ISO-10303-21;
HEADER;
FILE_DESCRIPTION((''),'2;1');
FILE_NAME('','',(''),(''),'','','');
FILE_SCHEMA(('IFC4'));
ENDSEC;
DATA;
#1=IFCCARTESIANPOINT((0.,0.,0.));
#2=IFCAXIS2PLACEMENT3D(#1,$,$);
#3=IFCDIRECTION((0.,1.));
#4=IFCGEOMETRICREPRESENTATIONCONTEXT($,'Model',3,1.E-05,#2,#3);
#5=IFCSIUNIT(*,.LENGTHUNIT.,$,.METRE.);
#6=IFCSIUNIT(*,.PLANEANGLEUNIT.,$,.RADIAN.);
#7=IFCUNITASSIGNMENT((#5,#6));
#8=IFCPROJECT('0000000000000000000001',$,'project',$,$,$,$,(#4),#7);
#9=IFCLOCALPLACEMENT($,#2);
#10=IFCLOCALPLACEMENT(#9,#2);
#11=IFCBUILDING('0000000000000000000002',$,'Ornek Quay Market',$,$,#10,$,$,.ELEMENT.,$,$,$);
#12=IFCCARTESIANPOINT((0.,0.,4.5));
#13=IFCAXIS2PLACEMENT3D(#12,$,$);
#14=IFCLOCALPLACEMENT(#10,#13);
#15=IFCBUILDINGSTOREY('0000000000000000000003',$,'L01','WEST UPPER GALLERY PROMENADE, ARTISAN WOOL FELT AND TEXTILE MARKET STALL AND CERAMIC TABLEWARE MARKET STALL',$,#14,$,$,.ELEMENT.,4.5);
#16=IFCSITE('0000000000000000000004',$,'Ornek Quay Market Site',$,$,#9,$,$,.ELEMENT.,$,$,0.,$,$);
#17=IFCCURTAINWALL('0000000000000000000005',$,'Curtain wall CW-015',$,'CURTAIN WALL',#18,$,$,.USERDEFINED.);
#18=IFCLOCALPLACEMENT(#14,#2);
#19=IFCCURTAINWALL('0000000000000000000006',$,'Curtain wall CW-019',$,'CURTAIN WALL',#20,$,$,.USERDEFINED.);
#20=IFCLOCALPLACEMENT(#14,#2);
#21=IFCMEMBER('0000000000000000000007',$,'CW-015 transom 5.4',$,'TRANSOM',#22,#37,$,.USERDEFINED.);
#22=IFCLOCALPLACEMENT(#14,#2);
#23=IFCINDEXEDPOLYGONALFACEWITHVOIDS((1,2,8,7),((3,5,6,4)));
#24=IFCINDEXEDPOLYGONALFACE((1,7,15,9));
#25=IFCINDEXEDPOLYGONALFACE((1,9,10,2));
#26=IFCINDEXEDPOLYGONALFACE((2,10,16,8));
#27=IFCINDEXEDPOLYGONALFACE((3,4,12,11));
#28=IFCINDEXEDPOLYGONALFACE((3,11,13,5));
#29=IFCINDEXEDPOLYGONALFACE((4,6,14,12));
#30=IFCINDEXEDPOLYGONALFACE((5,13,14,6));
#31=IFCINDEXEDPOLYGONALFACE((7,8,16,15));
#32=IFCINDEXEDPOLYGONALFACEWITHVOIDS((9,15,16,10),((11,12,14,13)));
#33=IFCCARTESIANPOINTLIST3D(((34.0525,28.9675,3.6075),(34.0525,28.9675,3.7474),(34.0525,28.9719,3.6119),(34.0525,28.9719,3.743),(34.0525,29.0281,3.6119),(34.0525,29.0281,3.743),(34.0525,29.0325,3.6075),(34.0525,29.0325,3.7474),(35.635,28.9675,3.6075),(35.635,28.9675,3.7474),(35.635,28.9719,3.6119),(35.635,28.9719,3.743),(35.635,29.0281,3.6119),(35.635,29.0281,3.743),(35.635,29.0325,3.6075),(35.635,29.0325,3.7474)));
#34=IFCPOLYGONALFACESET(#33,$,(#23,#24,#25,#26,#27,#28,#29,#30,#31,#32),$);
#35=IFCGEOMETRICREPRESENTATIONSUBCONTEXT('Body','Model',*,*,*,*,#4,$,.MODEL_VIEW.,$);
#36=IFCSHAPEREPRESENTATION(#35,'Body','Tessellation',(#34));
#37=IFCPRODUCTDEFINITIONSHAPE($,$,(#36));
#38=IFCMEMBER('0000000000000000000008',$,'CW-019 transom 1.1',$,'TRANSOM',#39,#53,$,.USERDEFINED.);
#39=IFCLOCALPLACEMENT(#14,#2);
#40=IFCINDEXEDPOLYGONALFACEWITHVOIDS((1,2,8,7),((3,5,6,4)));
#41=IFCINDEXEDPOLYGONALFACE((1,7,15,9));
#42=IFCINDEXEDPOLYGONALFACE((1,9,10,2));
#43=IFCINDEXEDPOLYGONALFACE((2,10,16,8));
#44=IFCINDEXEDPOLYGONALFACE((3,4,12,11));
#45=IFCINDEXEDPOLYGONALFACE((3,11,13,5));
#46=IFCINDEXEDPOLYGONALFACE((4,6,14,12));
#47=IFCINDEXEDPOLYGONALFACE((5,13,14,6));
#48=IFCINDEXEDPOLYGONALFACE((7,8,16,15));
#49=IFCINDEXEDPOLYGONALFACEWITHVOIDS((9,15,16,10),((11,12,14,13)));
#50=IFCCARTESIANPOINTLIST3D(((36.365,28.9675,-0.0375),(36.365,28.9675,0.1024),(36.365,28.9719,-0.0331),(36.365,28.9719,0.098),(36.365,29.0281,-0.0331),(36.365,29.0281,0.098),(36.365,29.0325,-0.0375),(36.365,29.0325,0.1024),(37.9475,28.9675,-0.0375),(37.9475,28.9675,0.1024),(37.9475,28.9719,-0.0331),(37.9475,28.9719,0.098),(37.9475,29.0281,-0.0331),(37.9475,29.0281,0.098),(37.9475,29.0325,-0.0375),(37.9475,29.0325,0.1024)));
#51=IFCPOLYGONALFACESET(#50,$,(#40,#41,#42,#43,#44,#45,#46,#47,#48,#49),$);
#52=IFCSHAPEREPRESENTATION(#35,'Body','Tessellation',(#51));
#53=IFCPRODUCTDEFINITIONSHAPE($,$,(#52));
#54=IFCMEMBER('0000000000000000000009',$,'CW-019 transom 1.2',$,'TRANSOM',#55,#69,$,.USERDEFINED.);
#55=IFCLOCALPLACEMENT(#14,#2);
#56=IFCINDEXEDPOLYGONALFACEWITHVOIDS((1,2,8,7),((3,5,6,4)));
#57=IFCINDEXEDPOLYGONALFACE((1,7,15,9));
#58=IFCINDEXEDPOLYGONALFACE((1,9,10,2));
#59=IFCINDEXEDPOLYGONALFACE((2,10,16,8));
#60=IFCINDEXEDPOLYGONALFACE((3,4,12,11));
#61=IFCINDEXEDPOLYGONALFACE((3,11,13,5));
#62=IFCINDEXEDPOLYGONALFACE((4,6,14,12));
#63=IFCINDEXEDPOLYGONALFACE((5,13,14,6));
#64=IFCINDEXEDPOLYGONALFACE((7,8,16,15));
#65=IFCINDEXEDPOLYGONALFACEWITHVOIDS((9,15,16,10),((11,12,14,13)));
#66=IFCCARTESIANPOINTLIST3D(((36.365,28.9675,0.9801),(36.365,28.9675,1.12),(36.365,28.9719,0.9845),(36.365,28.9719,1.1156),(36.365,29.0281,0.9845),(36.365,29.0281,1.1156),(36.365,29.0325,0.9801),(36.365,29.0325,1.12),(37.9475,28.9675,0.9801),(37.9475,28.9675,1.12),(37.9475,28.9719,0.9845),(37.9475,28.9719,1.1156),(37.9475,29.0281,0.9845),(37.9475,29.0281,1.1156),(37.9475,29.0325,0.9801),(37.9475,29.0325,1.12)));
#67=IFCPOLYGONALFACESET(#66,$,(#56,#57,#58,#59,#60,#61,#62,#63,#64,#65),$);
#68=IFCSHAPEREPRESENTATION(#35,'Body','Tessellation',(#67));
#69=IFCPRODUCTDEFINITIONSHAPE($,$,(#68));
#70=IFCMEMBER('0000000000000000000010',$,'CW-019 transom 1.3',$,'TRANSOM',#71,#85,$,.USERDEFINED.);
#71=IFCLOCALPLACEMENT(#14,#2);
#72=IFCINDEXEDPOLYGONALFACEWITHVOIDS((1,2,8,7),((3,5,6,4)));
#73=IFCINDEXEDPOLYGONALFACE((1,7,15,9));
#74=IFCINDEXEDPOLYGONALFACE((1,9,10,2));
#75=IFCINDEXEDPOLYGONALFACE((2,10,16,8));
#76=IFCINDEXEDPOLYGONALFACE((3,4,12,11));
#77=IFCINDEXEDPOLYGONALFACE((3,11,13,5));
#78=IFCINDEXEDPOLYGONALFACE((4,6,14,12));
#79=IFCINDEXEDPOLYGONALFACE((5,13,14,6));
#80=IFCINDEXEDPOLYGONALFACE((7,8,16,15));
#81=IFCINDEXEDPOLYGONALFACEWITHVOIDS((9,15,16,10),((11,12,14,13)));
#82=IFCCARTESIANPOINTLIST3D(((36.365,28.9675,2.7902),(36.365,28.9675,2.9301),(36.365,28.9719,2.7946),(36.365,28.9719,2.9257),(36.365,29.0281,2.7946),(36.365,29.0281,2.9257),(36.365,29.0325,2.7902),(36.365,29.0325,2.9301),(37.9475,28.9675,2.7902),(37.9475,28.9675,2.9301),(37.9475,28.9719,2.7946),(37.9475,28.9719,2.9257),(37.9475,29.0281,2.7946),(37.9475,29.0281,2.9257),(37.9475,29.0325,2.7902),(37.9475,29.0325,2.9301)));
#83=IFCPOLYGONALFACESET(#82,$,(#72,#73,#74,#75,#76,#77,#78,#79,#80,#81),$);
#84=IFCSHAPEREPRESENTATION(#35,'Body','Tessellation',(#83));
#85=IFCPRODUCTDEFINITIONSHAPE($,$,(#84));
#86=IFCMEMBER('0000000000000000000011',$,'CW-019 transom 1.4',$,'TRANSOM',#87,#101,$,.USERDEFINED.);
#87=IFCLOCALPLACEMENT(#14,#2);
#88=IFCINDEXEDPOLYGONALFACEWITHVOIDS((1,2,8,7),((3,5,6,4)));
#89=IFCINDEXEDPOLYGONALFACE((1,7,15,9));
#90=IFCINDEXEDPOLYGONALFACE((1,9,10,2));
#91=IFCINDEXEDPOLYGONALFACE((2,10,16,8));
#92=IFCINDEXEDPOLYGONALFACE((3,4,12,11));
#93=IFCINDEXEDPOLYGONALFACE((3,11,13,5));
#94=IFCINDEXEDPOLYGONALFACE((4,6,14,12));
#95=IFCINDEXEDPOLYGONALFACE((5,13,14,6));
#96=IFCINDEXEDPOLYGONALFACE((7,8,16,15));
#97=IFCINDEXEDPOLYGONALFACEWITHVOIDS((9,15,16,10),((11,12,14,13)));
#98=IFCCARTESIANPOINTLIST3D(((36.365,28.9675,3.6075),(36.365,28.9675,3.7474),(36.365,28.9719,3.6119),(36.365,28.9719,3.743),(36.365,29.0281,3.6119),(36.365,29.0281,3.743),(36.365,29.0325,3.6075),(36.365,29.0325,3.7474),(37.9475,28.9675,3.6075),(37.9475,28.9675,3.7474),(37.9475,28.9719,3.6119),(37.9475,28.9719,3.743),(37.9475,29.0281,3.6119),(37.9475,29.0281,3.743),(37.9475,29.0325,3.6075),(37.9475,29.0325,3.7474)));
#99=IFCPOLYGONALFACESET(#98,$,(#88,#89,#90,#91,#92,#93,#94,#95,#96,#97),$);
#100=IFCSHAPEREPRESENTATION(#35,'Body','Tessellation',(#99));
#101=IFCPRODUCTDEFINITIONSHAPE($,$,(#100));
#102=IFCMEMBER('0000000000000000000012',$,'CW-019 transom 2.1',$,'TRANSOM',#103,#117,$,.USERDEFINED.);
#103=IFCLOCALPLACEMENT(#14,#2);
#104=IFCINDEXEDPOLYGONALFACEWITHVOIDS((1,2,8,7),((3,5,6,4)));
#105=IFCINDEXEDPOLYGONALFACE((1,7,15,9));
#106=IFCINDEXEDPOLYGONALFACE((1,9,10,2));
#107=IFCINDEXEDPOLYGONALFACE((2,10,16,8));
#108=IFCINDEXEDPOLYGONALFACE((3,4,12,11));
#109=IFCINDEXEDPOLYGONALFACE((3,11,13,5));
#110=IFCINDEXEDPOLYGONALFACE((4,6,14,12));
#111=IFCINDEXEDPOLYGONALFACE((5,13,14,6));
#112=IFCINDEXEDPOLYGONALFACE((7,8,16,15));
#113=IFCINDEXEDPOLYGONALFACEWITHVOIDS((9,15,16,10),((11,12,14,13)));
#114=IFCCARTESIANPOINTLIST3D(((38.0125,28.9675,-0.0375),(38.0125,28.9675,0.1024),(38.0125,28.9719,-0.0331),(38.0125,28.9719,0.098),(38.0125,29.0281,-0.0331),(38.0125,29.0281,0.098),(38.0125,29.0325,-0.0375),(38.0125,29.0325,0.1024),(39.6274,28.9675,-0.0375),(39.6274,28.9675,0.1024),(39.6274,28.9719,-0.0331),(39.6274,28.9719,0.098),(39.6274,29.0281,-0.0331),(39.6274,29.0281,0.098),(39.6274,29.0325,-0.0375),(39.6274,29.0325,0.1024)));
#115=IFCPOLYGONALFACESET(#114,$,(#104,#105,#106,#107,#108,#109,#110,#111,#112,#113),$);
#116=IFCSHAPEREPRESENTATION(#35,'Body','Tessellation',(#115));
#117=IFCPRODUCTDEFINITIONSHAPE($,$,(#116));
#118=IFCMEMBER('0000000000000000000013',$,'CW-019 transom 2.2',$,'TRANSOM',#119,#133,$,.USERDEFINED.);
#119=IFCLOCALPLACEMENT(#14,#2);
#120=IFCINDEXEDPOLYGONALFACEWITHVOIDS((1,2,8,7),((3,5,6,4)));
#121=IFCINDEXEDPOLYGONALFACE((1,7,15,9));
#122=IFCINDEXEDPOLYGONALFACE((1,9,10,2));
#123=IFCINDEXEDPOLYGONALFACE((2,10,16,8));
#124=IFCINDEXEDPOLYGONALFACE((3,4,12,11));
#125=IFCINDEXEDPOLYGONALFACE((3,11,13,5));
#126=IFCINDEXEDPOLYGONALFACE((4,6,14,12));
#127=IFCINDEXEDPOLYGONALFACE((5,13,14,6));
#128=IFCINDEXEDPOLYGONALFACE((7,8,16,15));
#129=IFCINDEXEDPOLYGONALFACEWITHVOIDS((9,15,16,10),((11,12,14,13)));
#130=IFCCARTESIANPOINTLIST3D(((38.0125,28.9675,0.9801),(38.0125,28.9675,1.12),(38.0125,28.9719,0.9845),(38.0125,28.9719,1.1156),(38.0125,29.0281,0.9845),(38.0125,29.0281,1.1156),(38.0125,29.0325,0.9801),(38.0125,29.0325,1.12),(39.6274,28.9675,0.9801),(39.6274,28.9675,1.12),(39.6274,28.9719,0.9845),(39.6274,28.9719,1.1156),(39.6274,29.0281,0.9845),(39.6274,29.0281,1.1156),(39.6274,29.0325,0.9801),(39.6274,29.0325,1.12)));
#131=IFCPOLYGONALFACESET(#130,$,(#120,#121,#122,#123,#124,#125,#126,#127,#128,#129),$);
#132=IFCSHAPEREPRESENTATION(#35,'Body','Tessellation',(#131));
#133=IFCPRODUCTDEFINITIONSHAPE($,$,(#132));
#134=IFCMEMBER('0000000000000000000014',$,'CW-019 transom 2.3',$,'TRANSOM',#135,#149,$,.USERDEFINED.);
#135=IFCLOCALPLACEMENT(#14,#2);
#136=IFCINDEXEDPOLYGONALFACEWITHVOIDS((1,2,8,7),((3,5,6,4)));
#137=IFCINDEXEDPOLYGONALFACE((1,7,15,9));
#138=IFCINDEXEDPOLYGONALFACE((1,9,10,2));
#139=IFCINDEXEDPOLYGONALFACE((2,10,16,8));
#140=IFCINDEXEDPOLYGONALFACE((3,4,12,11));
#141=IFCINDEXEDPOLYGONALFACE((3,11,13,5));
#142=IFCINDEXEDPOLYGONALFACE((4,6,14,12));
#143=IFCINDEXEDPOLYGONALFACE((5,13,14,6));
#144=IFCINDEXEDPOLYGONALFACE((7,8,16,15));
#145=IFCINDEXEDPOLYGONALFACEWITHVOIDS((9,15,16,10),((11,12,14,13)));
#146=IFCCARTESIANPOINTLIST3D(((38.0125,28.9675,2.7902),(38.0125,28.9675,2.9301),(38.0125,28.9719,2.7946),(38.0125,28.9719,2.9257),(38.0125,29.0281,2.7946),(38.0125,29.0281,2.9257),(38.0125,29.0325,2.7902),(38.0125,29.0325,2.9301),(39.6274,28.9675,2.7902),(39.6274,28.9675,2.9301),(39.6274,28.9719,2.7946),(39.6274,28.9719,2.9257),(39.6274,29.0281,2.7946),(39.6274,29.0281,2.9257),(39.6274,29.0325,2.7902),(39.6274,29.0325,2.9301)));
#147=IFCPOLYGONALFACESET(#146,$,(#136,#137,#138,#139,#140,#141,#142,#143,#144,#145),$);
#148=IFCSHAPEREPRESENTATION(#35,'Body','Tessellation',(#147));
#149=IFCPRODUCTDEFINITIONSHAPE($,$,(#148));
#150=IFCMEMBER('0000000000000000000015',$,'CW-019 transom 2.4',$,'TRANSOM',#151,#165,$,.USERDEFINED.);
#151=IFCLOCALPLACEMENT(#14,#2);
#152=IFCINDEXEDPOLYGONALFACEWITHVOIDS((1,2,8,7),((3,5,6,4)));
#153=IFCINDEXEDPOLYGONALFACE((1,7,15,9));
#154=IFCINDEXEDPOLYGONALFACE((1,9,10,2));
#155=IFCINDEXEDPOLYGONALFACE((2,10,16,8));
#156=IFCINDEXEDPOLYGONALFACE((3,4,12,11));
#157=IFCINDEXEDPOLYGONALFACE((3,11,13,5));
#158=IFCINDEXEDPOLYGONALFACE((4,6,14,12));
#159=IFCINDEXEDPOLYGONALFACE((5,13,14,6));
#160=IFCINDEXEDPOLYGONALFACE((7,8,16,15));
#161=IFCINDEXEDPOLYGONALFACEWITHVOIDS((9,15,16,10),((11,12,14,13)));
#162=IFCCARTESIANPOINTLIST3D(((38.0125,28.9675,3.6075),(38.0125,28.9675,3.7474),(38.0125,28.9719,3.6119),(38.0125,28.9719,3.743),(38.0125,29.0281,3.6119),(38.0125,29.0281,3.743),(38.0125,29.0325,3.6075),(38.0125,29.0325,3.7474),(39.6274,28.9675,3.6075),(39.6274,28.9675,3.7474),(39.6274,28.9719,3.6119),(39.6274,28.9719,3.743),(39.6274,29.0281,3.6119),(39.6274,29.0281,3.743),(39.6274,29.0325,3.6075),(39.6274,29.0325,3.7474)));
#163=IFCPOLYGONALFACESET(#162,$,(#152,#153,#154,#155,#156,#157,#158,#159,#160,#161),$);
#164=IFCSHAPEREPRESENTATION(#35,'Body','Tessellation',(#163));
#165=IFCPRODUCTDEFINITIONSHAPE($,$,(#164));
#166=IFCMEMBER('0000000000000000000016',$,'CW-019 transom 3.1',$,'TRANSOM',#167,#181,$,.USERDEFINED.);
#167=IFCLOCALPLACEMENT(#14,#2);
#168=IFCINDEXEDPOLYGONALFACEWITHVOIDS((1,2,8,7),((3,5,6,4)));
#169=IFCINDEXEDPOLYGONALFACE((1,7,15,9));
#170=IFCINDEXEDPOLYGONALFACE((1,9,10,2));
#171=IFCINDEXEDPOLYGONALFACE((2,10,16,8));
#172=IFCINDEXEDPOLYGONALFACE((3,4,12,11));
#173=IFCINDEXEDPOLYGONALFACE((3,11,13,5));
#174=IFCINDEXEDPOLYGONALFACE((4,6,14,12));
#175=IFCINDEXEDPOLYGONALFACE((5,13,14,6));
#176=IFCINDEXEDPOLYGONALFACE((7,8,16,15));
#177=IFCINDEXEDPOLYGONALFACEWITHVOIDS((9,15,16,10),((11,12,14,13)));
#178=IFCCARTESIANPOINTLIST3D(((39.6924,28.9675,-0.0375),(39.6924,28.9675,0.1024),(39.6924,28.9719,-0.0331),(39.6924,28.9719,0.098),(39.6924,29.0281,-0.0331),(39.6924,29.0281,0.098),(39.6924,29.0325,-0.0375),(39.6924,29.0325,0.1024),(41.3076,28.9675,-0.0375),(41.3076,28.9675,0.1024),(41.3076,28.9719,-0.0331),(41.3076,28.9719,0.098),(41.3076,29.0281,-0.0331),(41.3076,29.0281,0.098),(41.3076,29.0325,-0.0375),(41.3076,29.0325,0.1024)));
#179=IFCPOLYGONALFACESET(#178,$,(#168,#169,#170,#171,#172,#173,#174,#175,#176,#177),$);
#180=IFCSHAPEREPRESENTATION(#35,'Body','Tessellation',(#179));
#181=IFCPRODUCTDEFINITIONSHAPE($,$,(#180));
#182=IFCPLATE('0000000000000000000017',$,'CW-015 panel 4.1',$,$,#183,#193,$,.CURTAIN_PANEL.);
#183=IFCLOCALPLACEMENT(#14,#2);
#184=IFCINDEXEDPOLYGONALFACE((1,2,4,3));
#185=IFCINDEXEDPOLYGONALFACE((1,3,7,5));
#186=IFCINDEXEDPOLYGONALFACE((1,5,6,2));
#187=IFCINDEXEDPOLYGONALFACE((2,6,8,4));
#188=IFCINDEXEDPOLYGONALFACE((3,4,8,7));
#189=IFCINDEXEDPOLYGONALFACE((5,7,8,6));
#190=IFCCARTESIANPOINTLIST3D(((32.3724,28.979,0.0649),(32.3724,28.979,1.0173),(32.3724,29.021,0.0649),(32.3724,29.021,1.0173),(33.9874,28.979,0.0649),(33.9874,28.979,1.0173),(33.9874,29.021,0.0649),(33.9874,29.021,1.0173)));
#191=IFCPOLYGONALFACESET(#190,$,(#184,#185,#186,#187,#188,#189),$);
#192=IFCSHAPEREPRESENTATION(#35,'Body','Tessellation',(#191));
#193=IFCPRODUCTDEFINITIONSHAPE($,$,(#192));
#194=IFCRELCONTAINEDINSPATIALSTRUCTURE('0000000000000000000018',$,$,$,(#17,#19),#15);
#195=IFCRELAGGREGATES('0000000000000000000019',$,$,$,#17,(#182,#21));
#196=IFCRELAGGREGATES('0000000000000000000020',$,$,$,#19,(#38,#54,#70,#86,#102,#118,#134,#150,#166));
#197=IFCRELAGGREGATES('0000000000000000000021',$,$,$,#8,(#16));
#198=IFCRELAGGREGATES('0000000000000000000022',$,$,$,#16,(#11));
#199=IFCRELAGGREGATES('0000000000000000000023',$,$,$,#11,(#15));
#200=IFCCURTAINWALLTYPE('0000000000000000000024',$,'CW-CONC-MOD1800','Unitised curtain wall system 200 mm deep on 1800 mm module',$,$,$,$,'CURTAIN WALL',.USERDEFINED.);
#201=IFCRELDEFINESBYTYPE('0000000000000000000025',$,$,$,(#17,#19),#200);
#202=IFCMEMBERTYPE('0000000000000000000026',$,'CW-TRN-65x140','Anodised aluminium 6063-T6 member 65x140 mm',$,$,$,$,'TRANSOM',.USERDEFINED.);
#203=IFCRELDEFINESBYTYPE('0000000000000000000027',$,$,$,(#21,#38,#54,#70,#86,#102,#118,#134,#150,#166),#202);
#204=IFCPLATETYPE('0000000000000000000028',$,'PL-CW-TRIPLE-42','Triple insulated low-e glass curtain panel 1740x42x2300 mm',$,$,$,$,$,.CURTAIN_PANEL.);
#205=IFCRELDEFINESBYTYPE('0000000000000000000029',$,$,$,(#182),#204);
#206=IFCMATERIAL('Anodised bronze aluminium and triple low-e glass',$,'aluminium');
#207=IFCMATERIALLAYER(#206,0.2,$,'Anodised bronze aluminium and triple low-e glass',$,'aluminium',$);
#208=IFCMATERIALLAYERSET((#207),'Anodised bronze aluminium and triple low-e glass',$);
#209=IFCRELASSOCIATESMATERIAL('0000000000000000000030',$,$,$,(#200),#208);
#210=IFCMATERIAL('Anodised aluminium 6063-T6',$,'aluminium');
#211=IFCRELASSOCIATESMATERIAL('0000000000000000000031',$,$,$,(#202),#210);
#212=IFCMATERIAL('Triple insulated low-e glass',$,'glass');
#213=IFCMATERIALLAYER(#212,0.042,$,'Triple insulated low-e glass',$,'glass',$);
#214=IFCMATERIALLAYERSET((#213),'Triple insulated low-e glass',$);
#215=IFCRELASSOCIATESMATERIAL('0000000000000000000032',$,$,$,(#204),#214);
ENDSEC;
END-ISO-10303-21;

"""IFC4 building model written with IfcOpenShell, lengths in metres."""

from ifc_helpers import new_model, si_unit, direction, frame, origin, origin_2d, place, context, subcontext, project, spatial, rectangle, hollow_rectangle, extrude, material, layer, layer_set, material_profile, profile_set, type_object, element, aggregate, save


model = new_model("IFC4")

# Units and contexts
model_context = context("Model", 3, precision=1e-05, world=origin(), true_north=direction((0.0, 1.0)))
body_context = subcontext(model_context, "Body", "Model", "MODEL_VIEW")
ifc_project = project(units=[si_unit("LENGTHUNIT", "METRE"), si_unit("PLANEANGLEUNIT", "RADIAN")], contexts=[model_context])

# Site, building, storey
site_placement = place(None, origin())
site = spatial("IfcSite", under=ifc_project, at=site_placement, Name="Ornek Quay Market Site", CompositionType="ELEMENT", RefElevation=0.0)
building_placement = place(site_placement, origin())
building = spatial("IfcBuilding", under=site, at=building_placement, Name="Ornek Quay Market", CompositionType="ELEMENT")
storey_placement = place(building_placement, frame((0.0, 0.0, 4.5)))
storey = spatial("IfcBuildingStorey", under=building, at=storey_placement, Name="L01", Description="WEST UPPER GALLERY PROMENADE, ARTISAN WOOL FELT AND TEXTILE MARKET STALL AND CERAMIC TABLEWARE MARKET STALL", CompositionType="ELEMENT", Elevation=4.5)

# Curtain walls
ifc_material_1 = material(Name="Anodised bronze aluminium and triple low-e glass", Category="aluminium")
ifc_layer_1 = layer(ifc_material_1, 0.2, Name="Anodised bronze aluminium and triple low-e glass", Category="aluminium")
ifc_layer_set_1 = layer_set([ifc_layer_1], Name="Anodised bronze aluminium and triple low-e glass")
curtain_wall_type = type_object("IfcCurtainWallType", Name="CW-CONC-MOD1800", Description="Unitised curtain wall system 200 mm deep on 1800 mm module", ElementType="CURTAIN WALL", PredefinedType="USERDEFINED", material=ifc_layer_set_1)
curtain_wall_1_placement = place(storey_placement, origin())
curtain_wall_1 = element("IfcCurtainWall", 1, at=curtain_wall_1_placement, inside=storey, type_object=curtain_wall_type, Name="Curtain wall CW-015", ObjectType="CURTAIN WALL", PredefinedType="USERDEFINED")
ifc_material_2 = material(Name="Anodised aluminium 6063-T6", Category="aluminium")
curtain_wall_2_placement = place(storey_placement, origin())
curtain_wall_2 = element("IfcCurtainWall", 2, at=curtain_wall_2_placement, inside=storey, type_object=curtain_wall_type, Name="Curtain wall CW-019", ObjectType="CURTAIN WALL", PredefinedType="USERDEFINED")

# Members
ifc_material_profile_1 = material_profile(ifc_material_2, hollow_rectangle(XDim=0.0649, YDim=0.1399, WallThickness=0.0044, at=origin_2d()), Name="CW-TRN-65x140", Category="aluminium")
ifc_profile_set_1 = profile_set([ifc_material_profile_1], Name="Anodised aluminium 6063-T6")
member_type_1 = type_object("IfcMemberType", Name="CW-TRN-65x140", Description="Anodised aluminium 6063-T6 member 65x140 mm", ElementType="TRANSOM", PredefinedType="USERDEFINED", material=ifc_profile_set_1)
member_1_placement = place(storey_placement, frame((34.0525, 29.0, 3.6775), z_axis=(1.0, 0.0, 0.0), x_axis=(0.0, 1.0, 0.0)))
member_1 = element("IfcMember", 3, at=member_1_placement, type_object=member_type_1, Name="CW-015 transom 5.4", ObjectType="TRANSOM", PredefinedType="USERDEFINED", context=body_context, shape_type="SweptSolid", body=[
    extrude(hollow_rectangle(XDim=0.0649, YDim=0.1399, WallThickness=0.0044, at=origin_2d()), origin(), (0.0, 0.0, 1.0), 1.5825),
])
member_2_placement = place(storey_placement, frame((36.365, 29.0, 0.0325), z_axis=(1.0, 0.0, 0.0), x_axis=(0.0, 1.0, 0.0)))
member_2 = element("IfcMember", 4, at=member_2_placement, type_object=member_type_1, Name="CW-019 transom 1.1", ObjectType="TRANSOM", PredefinedType="USERDEFINED", context=body_context, shape_type="SweptSolid", body=[
    extrude(hollow_rectangle(XDim=0.0649, YDim=0.1399, WallThickness=0.0044, at=origin_2d()), origin(), (0.0, 0.0, 1.0), 1.5825),
])
member_3_placement = place(storey_placement, frame((36.365, 29.0, 1.05), z_axis=(1.0, 0.0, 0.0), x_axis=(0.0, 1.0, 0.0)))
member_3 = element("IfcMember", 5, at=member_3_placement, type_object=member_type_1, Name="CW-019 transom 1.2", ObjectType="TRANSOM", PredefinedType="USERDEFINED", context=body_context, shape_type="SweptSolid", body=[
    extrude(hollow_rectangle(XDim=0.0649, YDim=0.1399, WallThickness=0.0044, at=origin_2d()), origin(), (0.0, 0.0, 1.0), 1.5825),
])
member_4_placement = place(storey_placement, frame((36.365, 29.0, 2.8601), z_axis=(1.0, 0.0, 0.0), x_axis=(0.0, 1.0, 0.0)))
member_4 = element("IfcMember", 6, at=member_4_placement, type_object=member_type_1, Name="CW-019 transom 1.3", ObjectType="TRANSOM", PredefinedType="USERDEFINED", context=body_context, shape_type="SweptSolid", body=[
    extrude(hollow_rectangle(XDim=0.0649, YDim=0.1399, WallThickness=0.0044, at=origin_2d()), origin(), (0.0, 0.0, 1.0), 1.5825),
])
member_5_placement = place(storey_placement, frame((36.365, 29.0, 3.6775), z_axis=(1.0, 0.0, 0.0), x_axis=(0.0, 1.0, 0.0)))
member_5 = element("IfcMember", 7, at=member_5_placement, type_object=member_type_1, Name="CW-019 transom 1.4", ObjectType="TRANSOM", PredefinedType="USERDEFINED", context=body_context, shape_type="SweptSolid", body=[
    extrude(hollow_rectangle(XDim=0.0649, YDim=0.1399, WallThickness=0.0044, at=origin_2d()), origin(), (0.0, 0.0, 1.0), 1.5825),
])
member_6_placement = place(storey_placement, frame((38.0125, 29.0, 0.0325), z_axis=(1.0, 0.0, 0.0), x_axis=(0.0, 1.0, 0.0)))
member_6 = element("IfcMember", 8, at=member_6_placement, type_object=member_type_1, Name="CW-019 transom 2.1", ObjectType="TRANSOM", PredefinedType="USERDEFINED", context=body_context, shape_type="SweptSolid", body=[
    extrude(hollow_rectangle(XDim=0.0649, YDim=0.1399, WallThickness=0.0044, at=origin_2d()), origin(), (0.0, 0.0, 1.0), 1.615),
])
member_7_placement = place(storey_placement, frame((38.0125, 29.0, 1.05), z_axis=(1.0, 0.0, 0.0), x_axis=(0.0, 1.0, 0.0)))
member_7 = element("IfcMember", 9, at=member_7_placement, type_object=member_type_1, Name="CW-019 transom 2.2", ObjectType="TRANSOM", PredefinedType="USERDEFINED", context=body_context, shape_type="SweptSolid", body=[
    extrude(hollow_rectangle(XDim=0.0649, YDim=0.1399, WallThickness=0.0044, at=origin_2d()), origin(), (0.0, 0.0, 1.0), 1.615),
])
member_8_placement = place(storey_placement, frame((38.0125, 29.0, 2.8601), z_axis=(1.0, 0.0, 0.0), x_axis=(0.0, 1.0, 0.0)))
member_8 = element("IfcMember", 10, at=member_8_placement, type_object=member_type_1, Name="CW-019 transom 2.3", ObjectType="TRANSOM", PredefinedType="USERDEFINED", context=body_context, shape_type="SweptSolid", body=[
    extrude(hollow_rectangle(XDim=0.0649, YDim=0.1399, WallThickness=0.0044, at=origin_2d()), origin(), (0.0, 0.0, 1.0), 1.615),
])
member_9_placement = place(storey_placement, frame((38.0125, 29.0, 3.6775), z_axis=(1.0, 0.0, 0.0), x_axis=(0.0, 1.0, 0.0)))
member_9 = element("IfcMember", 11, at=member_9_placement, type_object=member_type_1, Name="CW-019 transom 2.4", ObjectType="TRANSOM", PredefinedType="USERDEFINED", context=body_context, shape_type="SweptSolid", body=[
    extrude(hollow_rectangle(XDim=0.0649, YDim=0.1399, WallThickness=0.0044, at=origin_2d()), origin(), (0.0, 0.0, 1.0), 1.615),
])
member_10_placement = place(storey_placement, frame((39.6924, 29.0, 0.0325), z_axis=(1.0, 0.0, 0.0), x_axis=(0.0, 1.0, 0.0)))
member_10 = element("IfcMember", 12, at=member_10_placement, type_object=member_type_1, Name="CW-019 transom 3.1", ObjectType="TRANSOM", PredefinedType="USERDEFINED", context=body_context, shape_type="SweptSolid", body=[
    extrude(hollow_rectangle(XDim=0.0649, YDim=0.1399, WallThickness=0.0044, at=origin_2d()), origin(), (0.0, 0.0, 1.0), 1.6152),
])

# Plate
ifc_material_3 = material(Name="Triple insulated low-e glass", Category="glass")
ifc_layer_2 = layer(ifc_material_3, 0.042, Name="Triple insulated low-e glass", Category="glass")
ifc_layer_set_2 = layer_set([ifc_layer_2], Name="Triple insulated low-e glass")
plate_type = type_object("IfcPlateType", Name="PL-CW-TRIPLE-42", Description="Triple insulated low-e glass curtain panel 1740x42x2300 mm", PredefinedType="CURTAIN_PANEL", material=ifc_layer_set_2)
plate_1_placement = place(storey_placement, frame((33.1799, 29.0, 0.0649), z_axis=(0.0, 0.0, 1.0), x_axis=(1.0, 0.0, 0.0)))
plate_1 = element("IfcPlate", 13, at=plate_1_placement, type_object=plate_type, Name="CW-015 panel 4.1", PredefinedType="CURTAIN_PANEL", context=body_context, shape_type="SweptSolid", body=[
    extrude(rectangle(XDim=1.615, YDim=0.042, at=origin_2d()), origin(), (0.0, 0.0, 1.0), 0.9524),
])
aggregate(curtain_wall_1, [plate_1, member_1])
aggregate(curtain_wall_2, [member_2, member_3, member_4, member_5, member_6, member_7, member_8, member_9, member_10])

save(model, "model.ifc")
